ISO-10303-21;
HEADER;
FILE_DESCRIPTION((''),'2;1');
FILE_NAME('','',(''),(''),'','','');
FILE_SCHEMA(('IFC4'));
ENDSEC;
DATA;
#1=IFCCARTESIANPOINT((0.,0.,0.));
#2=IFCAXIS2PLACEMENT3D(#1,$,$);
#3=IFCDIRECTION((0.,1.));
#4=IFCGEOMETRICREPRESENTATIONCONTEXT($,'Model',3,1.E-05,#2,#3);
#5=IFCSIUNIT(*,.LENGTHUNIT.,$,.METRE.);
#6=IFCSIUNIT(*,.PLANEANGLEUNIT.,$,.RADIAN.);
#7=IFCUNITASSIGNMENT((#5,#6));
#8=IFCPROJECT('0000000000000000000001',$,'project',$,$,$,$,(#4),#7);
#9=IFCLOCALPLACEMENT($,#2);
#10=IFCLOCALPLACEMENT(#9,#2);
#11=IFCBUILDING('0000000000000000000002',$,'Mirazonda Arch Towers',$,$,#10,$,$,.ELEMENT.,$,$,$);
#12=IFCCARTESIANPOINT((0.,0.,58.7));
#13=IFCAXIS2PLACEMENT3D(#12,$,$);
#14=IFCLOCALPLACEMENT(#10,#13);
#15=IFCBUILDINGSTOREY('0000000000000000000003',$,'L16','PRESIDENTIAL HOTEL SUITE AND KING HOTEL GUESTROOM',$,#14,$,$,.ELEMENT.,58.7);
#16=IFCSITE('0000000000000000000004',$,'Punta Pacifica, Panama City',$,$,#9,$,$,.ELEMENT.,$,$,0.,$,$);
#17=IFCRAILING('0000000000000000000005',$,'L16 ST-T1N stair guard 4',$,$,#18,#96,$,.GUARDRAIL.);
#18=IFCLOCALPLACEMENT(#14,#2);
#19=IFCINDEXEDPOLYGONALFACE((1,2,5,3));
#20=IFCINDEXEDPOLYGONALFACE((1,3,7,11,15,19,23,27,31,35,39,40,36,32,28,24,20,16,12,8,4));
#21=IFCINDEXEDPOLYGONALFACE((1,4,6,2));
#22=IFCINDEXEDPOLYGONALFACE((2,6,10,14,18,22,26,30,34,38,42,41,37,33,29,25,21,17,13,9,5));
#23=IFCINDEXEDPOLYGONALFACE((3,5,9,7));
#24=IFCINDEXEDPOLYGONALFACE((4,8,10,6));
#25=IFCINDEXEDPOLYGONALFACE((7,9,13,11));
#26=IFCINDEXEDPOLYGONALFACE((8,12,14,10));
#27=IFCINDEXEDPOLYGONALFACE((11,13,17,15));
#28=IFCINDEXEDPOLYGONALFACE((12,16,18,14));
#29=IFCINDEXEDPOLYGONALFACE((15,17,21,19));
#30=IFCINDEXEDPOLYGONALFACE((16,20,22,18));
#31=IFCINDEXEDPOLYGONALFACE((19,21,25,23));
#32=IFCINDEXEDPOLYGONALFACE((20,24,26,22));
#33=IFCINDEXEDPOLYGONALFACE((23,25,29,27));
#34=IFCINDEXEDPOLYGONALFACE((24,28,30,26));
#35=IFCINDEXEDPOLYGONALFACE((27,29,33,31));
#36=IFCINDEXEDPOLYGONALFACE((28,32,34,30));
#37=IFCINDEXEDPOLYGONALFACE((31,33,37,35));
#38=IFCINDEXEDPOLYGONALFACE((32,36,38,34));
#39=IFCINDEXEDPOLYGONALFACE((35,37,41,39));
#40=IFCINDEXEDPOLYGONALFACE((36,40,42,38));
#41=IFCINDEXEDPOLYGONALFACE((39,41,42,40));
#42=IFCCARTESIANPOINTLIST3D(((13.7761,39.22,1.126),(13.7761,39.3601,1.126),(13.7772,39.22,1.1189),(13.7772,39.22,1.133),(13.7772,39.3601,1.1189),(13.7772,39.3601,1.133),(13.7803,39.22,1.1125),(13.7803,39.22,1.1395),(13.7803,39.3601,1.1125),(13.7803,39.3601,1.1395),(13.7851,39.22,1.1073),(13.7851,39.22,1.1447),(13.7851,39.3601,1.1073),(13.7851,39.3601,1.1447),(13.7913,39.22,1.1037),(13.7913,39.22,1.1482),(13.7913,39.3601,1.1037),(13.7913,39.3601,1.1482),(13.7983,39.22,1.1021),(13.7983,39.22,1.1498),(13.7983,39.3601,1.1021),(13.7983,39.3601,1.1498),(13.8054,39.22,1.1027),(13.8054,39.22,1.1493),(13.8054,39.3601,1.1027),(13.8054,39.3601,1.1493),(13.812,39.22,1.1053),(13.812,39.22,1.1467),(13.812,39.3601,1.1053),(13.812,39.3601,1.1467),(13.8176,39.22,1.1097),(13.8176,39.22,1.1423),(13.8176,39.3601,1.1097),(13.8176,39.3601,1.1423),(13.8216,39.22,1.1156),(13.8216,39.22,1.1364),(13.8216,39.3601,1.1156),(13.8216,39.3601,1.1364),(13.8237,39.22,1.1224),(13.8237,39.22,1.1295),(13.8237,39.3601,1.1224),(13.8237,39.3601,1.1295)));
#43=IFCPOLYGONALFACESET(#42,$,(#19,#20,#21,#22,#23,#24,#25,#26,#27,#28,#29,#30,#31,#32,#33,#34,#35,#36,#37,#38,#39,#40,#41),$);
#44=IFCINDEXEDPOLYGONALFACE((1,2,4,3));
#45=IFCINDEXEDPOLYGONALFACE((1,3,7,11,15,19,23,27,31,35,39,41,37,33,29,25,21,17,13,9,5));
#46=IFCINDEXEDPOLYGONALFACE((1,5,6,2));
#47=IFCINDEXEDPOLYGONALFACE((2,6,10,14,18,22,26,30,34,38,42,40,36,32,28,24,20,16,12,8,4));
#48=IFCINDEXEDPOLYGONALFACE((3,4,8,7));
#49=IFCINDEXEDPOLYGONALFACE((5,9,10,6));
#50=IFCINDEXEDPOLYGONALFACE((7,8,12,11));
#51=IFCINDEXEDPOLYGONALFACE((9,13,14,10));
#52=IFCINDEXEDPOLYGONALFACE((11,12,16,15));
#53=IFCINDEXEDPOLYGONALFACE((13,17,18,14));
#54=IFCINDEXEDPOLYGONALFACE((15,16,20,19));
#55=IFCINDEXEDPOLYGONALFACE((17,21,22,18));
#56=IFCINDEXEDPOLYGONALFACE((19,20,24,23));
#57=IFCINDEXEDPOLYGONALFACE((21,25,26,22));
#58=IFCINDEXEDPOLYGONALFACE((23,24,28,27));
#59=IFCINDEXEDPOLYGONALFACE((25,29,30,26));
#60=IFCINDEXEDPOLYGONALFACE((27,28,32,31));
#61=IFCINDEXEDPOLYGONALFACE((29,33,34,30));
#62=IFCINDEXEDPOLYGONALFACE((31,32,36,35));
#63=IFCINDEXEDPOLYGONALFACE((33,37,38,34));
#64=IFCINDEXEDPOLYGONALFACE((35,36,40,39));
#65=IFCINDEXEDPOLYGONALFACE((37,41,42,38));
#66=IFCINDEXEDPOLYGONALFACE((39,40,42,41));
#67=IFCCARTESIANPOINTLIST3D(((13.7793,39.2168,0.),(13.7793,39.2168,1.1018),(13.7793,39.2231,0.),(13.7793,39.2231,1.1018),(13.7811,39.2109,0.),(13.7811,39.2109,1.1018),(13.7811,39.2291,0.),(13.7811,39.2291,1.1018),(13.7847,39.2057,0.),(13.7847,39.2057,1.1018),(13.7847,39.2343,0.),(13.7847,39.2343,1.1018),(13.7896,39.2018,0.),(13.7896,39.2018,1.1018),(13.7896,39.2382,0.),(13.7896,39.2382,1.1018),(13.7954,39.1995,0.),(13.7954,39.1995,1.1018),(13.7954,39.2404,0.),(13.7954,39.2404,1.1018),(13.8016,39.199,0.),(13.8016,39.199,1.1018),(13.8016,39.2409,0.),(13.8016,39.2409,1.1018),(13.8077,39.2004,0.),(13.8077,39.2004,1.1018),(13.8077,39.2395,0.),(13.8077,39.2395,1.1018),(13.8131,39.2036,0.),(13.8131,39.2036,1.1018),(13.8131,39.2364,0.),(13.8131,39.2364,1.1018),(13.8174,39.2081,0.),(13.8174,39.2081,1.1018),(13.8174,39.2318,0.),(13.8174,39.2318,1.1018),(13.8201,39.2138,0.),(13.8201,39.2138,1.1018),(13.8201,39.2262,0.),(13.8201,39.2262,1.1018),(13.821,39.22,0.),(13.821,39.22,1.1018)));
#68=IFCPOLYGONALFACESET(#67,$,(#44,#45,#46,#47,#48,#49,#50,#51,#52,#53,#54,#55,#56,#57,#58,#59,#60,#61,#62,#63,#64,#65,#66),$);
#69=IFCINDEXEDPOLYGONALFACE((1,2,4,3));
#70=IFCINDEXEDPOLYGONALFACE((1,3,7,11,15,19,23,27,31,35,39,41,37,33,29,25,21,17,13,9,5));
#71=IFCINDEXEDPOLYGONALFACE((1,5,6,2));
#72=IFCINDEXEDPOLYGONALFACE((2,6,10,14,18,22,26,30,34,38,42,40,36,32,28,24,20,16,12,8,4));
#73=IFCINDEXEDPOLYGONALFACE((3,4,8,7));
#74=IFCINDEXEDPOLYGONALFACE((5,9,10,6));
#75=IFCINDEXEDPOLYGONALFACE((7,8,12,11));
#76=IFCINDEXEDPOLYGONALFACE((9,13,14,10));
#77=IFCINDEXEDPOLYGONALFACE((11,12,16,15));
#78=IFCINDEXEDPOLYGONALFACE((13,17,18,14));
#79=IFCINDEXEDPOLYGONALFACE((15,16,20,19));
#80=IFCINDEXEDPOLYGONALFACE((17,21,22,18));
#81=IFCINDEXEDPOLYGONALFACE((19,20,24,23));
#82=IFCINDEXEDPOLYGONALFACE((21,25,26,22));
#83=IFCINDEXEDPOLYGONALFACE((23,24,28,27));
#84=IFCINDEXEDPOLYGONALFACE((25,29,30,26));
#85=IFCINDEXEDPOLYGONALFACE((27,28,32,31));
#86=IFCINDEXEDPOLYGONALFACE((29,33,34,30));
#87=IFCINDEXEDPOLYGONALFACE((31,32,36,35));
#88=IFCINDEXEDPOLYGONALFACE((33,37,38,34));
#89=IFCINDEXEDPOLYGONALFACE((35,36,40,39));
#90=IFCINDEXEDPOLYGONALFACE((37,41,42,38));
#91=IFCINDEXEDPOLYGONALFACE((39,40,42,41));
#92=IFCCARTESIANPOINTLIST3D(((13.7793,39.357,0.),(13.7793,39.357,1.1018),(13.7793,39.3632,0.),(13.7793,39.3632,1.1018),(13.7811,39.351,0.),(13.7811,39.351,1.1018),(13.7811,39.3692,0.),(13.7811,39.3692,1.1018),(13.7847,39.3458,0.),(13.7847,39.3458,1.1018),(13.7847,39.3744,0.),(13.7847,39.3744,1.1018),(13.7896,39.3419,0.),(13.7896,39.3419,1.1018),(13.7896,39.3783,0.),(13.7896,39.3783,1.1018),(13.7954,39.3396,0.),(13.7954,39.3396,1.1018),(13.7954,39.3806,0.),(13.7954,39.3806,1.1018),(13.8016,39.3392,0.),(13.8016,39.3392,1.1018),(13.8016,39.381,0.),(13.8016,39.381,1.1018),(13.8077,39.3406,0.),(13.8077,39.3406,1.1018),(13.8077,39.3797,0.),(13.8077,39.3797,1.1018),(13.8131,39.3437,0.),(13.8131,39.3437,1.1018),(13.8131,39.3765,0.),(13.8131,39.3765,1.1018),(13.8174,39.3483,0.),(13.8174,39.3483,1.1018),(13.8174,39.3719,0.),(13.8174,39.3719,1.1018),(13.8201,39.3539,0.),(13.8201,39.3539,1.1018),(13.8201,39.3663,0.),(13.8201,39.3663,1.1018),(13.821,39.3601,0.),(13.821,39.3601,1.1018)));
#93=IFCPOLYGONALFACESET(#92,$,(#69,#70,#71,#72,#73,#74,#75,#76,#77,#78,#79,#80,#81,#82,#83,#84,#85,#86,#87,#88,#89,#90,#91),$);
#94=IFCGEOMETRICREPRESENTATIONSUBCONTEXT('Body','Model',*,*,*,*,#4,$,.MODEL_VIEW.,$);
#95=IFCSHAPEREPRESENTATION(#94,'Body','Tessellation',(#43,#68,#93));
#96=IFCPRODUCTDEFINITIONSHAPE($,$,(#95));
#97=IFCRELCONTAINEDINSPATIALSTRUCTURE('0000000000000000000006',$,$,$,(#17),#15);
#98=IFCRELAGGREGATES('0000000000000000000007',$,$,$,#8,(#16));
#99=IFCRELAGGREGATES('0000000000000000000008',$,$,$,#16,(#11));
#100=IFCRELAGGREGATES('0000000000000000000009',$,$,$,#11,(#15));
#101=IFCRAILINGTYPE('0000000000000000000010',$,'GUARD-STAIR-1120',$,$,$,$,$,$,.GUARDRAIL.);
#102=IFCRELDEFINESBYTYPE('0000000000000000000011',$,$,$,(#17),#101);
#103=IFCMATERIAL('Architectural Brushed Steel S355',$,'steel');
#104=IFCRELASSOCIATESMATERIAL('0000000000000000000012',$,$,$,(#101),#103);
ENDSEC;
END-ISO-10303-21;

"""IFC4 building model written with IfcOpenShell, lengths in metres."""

from ifc_helpers import new_model, si_unit, direction, frame, origin, origin_2d, place, context, subcontext, project, spatial, circle, extrude, material, type_object, element, save


model = new_model("IFC4")

# Units and contexts
model_context = context("Model", 3, precision=1e-05, world=origin(), true_north=direction((0.0, 1.0)))
body_context = subcontext(model_context, "Body", "Model", "MODEL_VIEW")
ifc_project = project(units=[si_unit("LENGTHUNIT", "METRE"), si_unit("PLANEANGLEUNIT", "RADIAN")], contexts=[model_context])

# Site, building, storey
site_placement = place(None, origin())
site = spatial("IfcSite", under=ifc_project, at=site_placement, Name="Punta Pacifica, Panama City", CompositionType="ELEMENT", RefElevation=0.0)
building_placement = place(site_placement, origin())
building = spatial("IfcBuilding", under=site, at=building_placement, Name="Mirazonda Arch Towers", CompositionType="ELEMENT")
storey_placement = place(building_placement, frame((0.0, 0.0, 58.7)))
storey = spatial("IfcBuildingStorey", under=building, at=storey_placement, Name="L16", Description="PRESIDENTIAL HOTEL SUITE AND KING HOTEL GUESTROOM", CompositionType="ELEMENT", Elevation=58.7)

# Shared definitions
ifc_material_1 = material(Name="Architectural Brushed Steel S355", Category="steel")

# Railing
railing_type_1 = type_object("IfcRailingType", Name="GUARD-STAIR-1120", PredefinedType="GUARDRAIL", material=ifc_material_1)
railing_1_placement = place(storey_placement, frame((13.8, 39.22, 0.0)))
element("IfcRailing", 1, at=railing_1_placement, inside=storey, type_object=railing_type_1, Name="L16 ST-T1N stair guard 4", PredefinedType="GUARDRAIL", context=body_context, shape_type="SweptSolid", body=[
    extrude(circle(Radius=0.0239, at=origin_2d()), frame((0.0, 0.0, 1.126), z_axis=(0.0, 1.0, 0.0), x_axis=(-1.0, 0.0, 0.0)), (0.0, 0.0, 1.0), 0.1401),
    extrude(circle(Radius=0.021, at=origin_2d()), origin(), (0.0, 0.0, 1.0), 1.1018),
    extrude(circle(Radius=0.021, at=origin_2d()), frame((0.0, 0.1401, 0.0)), (0.0, 0.0, 1.0), 1.1018),
])

save(model, "model.ifc")
